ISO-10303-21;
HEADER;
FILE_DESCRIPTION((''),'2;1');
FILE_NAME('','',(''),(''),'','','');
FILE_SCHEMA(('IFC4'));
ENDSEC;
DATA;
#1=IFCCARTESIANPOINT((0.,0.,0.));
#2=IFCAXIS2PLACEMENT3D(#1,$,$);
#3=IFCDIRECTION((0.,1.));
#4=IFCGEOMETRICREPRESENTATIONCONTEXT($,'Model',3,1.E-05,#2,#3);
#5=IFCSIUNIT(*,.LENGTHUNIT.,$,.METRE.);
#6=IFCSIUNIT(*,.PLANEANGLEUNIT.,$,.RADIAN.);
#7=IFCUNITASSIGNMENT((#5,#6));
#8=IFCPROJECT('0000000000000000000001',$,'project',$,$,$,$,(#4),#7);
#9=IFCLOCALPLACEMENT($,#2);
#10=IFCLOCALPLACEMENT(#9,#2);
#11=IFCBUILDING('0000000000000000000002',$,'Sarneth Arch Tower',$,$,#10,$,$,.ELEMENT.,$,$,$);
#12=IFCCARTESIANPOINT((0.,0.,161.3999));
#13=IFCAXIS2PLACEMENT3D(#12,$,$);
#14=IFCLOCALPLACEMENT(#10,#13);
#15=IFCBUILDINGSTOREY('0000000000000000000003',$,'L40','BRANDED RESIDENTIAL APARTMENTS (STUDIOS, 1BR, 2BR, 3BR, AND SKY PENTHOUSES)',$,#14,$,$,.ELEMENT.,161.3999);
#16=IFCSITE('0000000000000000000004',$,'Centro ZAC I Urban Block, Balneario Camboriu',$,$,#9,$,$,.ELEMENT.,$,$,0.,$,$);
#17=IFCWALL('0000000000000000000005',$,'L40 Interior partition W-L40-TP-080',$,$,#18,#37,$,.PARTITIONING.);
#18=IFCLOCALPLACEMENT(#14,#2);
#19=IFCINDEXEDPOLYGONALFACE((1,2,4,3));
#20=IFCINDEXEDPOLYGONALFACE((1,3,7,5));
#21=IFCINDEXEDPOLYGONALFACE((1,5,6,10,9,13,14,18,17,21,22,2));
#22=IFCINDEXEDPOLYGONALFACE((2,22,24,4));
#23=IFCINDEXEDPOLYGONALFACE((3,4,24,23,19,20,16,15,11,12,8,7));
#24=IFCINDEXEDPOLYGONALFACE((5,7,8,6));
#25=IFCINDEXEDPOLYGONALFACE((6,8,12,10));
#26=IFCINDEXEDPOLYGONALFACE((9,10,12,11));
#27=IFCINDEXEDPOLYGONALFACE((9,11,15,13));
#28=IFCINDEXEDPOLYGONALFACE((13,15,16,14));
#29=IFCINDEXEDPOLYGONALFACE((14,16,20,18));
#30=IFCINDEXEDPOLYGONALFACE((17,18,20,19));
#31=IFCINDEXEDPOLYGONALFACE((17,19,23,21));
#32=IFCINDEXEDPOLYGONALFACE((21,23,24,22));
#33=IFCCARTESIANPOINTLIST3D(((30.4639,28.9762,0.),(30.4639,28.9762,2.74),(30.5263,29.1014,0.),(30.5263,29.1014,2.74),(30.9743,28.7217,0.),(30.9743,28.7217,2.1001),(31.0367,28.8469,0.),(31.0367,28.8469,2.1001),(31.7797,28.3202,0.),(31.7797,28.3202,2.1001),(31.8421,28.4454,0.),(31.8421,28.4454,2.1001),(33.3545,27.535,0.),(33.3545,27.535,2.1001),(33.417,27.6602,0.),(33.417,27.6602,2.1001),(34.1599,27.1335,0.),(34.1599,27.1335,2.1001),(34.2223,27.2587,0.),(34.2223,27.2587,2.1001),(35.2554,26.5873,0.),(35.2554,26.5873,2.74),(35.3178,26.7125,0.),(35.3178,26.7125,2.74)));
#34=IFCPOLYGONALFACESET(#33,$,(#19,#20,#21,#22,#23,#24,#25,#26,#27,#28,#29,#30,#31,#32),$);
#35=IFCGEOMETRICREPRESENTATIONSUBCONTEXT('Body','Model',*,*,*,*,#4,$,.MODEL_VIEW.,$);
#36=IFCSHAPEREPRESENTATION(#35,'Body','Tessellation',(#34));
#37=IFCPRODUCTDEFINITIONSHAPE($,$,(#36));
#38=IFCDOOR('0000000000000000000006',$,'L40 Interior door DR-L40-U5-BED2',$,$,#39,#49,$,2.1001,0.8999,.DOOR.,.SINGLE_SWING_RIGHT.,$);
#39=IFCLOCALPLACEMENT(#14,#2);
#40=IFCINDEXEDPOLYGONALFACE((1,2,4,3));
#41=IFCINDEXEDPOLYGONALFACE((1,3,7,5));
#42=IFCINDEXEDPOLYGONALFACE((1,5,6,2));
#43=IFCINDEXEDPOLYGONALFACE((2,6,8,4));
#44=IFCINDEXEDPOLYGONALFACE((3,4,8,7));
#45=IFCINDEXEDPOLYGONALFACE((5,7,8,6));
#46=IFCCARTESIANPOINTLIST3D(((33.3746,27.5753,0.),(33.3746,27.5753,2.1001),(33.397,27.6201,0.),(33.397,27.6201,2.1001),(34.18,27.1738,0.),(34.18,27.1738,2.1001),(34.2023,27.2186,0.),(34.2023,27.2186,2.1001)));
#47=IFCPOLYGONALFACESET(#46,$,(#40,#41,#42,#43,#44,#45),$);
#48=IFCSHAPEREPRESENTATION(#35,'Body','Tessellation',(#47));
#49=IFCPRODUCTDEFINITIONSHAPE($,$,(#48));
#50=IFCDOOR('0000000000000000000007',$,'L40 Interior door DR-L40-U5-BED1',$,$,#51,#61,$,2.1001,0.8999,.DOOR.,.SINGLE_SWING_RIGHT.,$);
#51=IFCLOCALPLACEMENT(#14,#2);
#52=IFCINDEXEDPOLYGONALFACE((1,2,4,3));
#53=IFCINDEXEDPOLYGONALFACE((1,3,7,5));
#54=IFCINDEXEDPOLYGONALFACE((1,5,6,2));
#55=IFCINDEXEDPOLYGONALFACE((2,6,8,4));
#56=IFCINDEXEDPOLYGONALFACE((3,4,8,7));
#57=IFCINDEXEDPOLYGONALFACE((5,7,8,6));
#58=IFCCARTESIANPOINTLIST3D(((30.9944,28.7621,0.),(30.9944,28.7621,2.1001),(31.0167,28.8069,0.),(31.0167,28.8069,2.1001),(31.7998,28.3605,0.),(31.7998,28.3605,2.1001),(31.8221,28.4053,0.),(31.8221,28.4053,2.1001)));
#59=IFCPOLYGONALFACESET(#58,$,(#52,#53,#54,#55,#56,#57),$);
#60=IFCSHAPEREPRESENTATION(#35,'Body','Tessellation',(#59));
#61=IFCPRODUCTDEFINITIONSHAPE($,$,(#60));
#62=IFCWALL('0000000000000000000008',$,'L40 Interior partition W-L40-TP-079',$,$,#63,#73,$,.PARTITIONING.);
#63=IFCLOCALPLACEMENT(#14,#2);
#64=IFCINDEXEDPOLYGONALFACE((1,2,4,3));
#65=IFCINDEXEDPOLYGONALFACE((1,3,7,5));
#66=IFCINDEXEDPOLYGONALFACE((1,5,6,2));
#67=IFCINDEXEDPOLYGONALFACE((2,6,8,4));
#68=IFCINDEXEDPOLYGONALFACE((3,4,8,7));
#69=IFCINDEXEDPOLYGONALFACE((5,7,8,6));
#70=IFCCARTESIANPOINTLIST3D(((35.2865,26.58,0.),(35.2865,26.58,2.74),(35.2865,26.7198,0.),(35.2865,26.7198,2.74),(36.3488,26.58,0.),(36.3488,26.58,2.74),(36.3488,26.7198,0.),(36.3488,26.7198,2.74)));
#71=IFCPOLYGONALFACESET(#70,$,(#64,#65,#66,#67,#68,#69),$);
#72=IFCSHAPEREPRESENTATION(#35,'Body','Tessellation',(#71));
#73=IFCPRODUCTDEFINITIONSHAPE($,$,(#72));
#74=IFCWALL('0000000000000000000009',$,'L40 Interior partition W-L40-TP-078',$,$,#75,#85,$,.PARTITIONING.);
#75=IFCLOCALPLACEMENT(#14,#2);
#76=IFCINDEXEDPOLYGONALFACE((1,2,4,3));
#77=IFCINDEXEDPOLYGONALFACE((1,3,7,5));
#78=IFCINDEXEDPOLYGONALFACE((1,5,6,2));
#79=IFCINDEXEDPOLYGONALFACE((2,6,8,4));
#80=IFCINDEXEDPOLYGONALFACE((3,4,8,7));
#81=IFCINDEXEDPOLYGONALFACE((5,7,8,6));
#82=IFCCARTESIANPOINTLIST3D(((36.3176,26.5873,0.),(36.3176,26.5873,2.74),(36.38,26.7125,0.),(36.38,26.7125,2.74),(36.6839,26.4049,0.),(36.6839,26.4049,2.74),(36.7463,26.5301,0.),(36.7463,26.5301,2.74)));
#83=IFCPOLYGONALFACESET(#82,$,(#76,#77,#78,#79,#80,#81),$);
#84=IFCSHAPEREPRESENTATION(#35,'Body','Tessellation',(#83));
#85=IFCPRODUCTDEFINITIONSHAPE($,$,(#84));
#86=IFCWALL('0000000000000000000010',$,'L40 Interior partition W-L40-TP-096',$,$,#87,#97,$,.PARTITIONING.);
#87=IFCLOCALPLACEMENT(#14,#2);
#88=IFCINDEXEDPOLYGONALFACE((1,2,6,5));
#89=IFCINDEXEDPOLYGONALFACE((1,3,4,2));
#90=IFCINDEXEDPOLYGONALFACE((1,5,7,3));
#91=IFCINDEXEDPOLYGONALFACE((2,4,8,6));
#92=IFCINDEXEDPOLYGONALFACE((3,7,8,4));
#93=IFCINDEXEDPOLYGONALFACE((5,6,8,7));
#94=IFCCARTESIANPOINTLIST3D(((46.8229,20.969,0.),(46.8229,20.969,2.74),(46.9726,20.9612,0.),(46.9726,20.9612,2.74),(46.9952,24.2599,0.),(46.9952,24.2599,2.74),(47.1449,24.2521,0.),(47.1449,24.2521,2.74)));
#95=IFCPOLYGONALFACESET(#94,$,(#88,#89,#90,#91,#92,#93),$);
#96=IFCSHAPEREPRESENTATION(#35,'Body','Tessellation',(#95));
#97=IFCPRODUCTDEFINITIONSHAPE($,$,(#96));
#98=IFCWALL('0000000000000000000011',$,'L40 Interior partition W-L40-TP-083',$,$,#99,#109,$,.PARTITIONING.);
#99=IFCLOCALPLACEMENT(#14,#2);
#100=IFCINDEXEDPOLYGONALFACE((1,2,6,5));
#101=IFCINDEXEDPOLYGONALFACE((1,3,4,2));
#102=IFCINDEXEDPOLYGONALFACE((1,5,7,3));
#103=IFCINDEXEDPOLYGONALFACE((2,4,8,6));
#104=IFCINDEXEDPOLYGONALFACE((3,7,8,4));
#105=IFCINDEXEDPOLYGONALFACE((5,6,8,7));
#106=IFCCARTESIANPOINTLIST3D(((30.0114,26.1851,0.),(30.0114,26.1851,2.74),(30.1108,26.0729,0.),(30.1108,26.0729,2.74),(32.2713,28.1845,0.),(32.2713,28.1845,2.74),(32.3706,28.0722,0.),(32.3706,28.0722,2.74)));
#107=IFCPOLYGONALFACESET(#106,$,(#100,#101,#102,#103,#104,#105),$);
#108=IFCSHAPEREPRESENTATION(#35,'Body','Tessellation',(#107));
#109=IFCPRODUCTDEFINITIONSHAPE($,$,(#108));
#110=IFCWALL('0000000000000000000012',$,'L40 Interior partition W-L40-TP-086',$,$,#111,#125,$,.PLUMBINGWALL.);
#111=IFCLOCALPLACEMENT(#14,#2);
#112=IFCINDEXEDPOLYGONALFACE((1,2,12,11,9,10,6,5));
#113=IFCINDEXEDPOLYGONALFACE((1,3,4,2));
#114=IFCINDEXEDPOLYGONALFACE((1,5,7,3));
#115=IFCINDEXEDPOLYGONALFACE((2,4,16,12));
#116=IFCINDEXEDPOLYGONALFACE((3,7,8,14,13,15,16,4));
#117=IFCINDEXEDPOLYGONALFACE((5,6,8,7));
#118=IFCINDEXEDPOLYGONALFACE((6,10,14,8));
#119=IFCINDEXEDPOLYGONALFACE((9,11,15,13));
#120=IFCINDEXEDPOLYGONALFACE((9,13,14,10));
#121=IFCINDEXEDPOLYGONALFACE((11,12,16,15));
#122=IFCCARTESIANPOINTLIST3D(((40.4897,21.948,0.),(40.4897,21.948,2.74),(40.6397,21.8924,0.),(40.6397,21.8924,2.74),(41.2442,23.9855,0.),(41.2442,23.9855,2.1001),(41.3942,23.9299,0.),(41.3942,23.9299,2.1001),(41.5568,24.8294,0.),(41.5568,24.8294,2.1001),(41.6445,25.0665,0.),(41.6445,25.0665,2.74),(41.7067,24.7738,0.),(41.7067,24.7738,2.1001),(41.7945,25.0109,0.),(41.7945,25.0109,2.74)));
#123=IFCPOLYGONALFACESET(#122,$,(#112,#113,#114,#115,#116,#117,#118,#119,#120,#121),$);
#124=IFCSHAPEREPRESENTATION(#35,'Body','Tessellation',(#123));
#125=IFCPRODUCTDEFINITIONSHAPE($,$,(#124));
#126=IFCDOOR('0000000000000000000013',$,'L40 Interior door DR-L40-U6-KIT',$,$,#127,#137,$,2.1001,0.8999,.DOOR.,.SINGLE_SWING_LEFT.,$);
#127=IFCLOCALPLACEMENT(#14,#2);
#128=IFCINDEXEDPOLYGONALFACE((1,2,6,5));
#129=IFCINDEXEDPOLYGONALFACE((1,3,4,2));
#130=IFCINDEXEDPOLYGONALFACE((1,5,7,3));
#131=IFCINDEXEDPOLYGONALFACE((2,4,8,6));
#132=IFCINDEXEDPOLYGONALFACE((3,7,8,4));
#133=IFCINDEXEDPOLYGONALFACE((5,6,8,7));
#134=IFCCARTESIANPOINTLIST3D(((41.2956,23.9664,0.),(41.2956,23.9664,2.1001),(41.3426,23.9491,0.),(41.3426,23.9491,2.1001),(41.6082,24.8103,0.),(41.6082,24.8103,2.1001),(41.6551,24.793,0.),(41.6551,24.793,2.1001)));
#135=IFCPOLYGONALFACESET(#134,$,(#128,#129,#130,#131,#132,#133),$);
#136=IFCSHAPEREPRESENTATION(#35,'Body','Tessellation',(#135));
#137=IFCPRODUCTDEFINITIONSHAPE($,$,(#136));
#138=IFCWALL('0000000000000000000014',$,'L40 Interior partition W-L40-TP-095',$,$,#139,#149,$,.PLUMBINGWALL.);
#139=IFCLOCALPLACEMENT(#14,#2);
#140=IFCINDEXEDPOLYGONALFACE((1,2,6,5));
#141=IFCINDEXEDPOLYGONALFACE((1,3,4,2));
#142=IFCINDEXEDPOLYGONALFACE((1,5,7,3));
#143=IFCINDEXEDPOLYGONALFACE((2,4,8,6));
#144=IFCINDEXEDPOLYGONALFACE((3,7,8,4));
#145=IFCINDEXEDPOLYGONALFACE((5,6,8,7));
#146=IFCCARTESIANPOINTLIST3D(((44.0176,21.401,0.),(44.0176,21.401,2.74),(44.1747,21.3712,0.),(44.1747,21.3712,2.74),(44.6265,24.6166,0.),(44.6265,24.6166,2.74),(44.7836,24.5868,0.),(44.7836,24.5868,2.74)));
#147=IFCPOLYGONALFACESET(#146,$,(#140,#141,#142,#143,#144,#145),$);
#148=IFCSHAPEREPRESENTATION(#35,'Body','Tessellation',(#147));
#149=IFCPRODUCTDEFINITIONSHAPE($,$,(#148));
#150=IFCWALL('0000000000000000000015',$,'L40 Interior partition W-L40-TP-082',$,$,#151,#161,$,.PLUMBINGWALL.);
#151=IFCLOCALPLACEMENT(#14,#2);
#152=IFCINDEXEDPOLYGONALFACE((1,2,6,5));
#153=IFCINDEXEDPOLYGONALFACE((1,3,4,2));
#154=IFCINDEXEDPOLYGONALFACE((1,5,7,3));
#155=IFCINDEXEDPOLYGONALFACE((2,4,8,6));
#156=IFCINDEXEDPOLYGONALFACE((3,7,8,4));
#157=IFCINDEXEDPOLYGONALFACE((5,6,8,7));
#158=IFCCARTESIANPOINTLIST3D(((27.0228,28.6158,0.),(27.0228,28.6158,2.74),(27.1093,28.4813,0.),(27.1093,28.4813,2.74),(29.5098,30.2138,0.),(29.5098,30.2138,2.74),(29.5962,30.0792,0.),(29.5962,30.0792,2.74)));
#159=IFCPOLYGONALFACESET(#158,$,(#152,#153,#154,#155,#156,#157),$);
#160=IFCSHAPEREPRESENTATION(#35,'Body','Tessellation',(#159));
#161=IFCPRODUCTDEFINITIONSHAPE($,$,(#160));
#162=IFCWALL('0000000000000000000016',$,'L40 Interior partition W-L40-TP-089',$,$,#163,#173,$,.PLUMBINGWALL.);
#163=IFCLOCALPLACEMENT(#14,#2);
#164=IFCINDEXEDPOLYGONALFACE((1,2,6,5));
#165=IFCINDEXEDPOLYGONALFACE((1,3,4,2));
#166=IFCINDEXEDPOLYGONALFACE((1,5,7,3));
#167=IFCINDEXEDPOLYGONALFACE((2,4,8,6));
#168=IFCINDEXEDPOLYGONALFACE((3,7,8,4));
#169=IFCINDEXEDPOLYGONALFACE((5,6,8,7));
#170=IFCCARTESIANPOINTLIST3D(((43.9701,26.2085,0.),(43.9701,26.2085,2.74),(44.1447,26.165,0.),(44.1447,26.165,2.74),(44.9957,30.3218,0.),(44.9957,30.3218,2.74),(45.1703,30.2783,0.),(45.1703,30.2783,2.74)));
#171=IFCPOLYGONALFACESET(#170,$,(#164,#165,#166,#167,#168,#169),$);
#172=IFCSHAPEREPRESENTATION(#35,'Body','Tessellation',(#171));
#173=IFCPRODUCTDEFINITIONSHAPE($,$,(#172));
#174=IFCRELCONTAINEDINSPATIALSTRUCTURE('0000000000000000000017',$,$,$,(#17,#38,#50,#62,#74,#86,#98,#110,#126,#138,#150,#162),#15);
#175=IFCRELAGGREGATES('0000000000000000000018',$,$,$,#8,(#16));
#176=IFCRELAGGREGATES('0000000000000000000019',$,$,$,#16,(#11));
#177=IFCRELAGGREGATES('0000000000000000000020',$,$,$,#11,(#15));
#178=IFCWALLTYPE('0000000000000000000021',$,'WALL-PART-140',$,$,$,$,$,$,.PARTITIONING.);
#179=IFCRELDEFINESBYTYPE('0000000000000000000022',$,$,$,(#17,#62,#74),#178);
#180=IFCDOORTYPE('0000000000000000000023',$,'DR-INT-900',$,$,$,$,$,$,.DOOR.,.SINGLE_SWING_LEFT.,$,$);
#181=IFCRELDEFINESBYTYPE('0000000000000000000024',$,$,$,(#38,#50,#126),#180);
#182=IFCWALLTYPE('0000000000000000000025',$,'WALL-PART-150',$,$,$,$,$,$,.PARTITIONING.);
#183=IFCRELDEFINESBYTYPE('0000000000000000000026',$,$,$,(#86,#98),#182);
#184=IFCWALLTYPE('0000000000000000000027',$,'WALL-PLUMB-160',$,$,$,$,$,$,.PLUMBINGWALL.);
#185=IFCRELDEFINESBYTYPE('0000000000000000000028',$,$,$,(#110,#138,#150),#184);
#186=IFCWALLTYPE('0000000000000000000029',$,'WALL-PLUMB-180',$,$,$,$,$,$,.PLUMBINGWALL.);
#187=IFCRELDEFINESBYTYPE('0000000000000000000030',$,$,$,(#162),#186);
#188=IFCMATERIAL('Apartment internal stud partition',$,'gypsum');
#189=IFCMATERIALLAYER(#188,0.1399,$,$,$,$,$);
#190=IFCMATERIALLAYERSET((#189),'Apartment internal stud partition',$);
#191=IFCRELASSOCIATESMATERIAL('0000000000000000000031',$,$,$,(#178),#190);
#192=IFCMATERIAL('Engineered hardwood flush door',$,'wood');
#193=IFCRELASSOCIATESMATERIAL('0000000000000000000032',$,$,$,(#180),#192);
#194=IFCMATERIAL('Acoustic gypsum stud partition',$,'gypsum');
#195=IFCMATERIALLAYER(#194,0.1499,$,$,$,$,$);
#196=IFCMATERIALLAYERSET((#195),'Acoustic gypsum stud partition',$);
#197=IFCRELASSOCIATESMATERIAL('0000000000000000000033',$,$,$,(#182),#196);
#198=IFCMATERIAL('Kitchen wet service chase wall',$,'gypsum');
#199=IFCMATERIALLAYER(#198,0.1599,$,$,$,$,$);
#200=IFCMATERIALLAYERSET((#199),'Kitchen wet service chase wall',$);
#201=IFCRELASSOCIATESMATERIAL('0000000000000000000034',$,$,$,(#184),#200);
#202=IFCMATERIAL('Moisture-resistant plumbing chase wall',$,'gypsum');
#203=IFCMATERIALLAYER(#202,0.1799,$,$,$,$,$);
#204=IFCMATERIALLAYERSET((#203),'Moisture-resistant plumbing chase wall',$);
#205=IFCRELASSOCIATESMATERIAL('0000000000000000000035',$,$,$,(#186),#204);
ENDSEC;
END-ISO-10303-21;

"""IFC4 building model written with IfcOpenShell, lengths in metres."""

from ifc_helpers import new_model, si_unit, direction, frame, frame_2d, origin, place, context, subcontext, project, spatial, rectangle, extrude, material, layer, layer_set, type_object, element, fill, save


model = new_model("IFC4")

# Units and contexts
model_context = context("Model", 3, precision=1e-05, world=origin(), true_north=direction((0.0, 1.0)))
body_context = subcontext(model_context, "Body", "Model", "MODEL_VIEW")
ifc_project = project(units=[si_unit("LENGTHUNIT", "METRE"), si_unit("PLANEANGLEUNIT", "RADIAN")], contexts=[model_context])

# Site, building, storey
site_placement = place(None, origin())
site = spatial("IfcSite", under=ifc_project, at=site_placement, Name="Centro ZAC I Urban Block, Balneario Camboriu", CompositionType="ELEMENT", RefElevation=0.0)
building_placement = place(site_placement, origin())
building = spatial("IfcBuilding", under=site, at=building_placement, Name="Sarneth Arch Tower", CompositionType="ELEMENT")
storey_placement = place(building_placement, frame((0.0, 0.0, 161.3999)))
storey = spatial("IfcBuildingStorey", under=building, at=storey_placement, Name="L40", Description="BRANDED RESIDENTIAL APARTMENTS (STUDIOS, 1BR, 2BR, 3BR, AND SKY PENTHOUSES)", CompositionType="ELEMENT", Elevation=161.3999)

# Wall, openings, doors
ifc_material_1 = material(Name="Apartment internal stud partition", Category="gypsum")
ifc_layer_1 = layer(ifc_material_1, 0.1399)
ifc_layer_set_1 = layer_set([ifc_layer_1], Name="Apartment internal stud partition")
wall_type_1 = type_object("IfcWallType", Name="WALL-PART-140", PredefinedType="PARTITIONING", material=ifc_layer_set_1)
wall_1_placement = place(storey_placement, frame((35.2866, 26.6499, 0.0), z_axis=(0.0, 0.0, 1.0), x_axis=(-0.894937, 0.446192, 0.0)))
wall_1 = element("IfcWall", 1, at=wall_1_placement, inside=storey, type_object=wall_type_1, Name="L40 Interior partition W-L40-TP-080", PredefinedType="PARTITIONING", context=body_context, shape_type="SweptSolid", body=[
    extrude(rectangle(XDim=5.354, YDim=0.1399, at=frame_2d((2.677, 0.0))), origin(), (0.0, 0.0, 1.0), 2.74),
])
opening_1_placement = place(wall_1_placement, frame((1.2241, 0.0, 0.0)))
opening_1 = element("IfcOpeningElement", 2, at=opening_1_placement, cuts=wall_1, PredefinedType="OPENING", context=body_context, shape_type="SweptSolid", body=[
    extrude(rectangle(XDim=0.8999, YDim=2.1001, at=frame_2d((0.45, 1.05))), frame((0.0, 0.0798, 0.0), z_axis=(0.0, -1.0, 0.0), x_axis=(1.0, 0.0, 0.0)), (0.0, 0.0, 1.0), 0.1599),
])
opening_2_placement = place(wall_1_placement, frame((3.8838, 0.0, 0.0)))
opening_2 = element("IfcOpeningElement", 3, at=opening_2_placement, cuts=wall_1, PredefinedType="OPENING", context=body_context, shape_type="SweptSolid", body=[
    extrude(rectangle(XDim=0.8999, YDim=2.1001, at=frame_2d((0.45, 1.05))), frame((0.0, 0.0798, 0.0), z_axis=(0.0, -1.0, 0.0), x_axis=(1.0, 0.0, 0.0)), (0.0, 0.0, 1.0), 0.1599),
])
ifc_material_2 = material(Name="Engineered hardwood flush door", Category="wood")
door_type = type_object("IfcDoorType", Name="DR-INT-900", OperationType="SINGLE_SWING_LEFT", PredefinedType="DOOR", material=ifc_material_2)
door_1_placement = place(opening_1_placement, origin())
door_1 = element("IfcDoor", 4, at=door_1_placement, inside=storey, type_object=door_type, Name="L40 Interior door DR-L40-U5-BED2", OperationType="SINGLE_SWING_RIGHT", OverallHeight=2.1001, OverallWidth=0.8999, PredefinedType="DOOR", context=body_context, shape_type="SweptSolid", body=[
    extrude(rectangle(XDim=0.8999, YDim=2.1001, at=frame_2d((0.45, 1.05))), frame((0.0, 0.0249, 0.0), z_axis=(0.0, -1.0, 0.0), x_axis=(1.0, 0.0, 0.0)), (0.0, 0.0, 1.0), 0.05),
])
fill(opening_1, door_1)
door_2_placement = place(opening_2_placement, origin())
door_2 = element("IfcDoor", 5, at=door_2_placement, inside=storey, type_object=door_type, Name="L40 Interior door DR-L40-U5-BED1", OperationType="SINGLE_SWING_RIGHT", OverallHeight=2.1001, OverallWidth=0.8999, PredefinedType="DOOR", context=body_context, shape_type="SweptSolid", body=[
    extrude(rectangle(XDim=0.8999, YDim=2.1001, at=frame_2d((0.45, 1.05))), frame((0.0, 0.0249, 0.0), z_axis=(0.0, -1.0, 0.0), x_axis=(1.0, 0.0, 0.0)), (0.0, 0.0, 1.0), 0.05),
])
fill(opening_2, door_2)

# Walls
wall_2_placement = place(storey_placement, frame((36.3489, 26.6499, 0.0), z_axis=(0.0, 0.0, 1.0), x_axis=(-1.0, 0.0, 0.0)))
element("IfcWall", 6, at=wall_2_placement, inside=storey, type_object=wall_type_1, Name="L40 Interior partition W-L40-TP-079", PredefinedType="PARTITIONING", context=body_context, shape_type="SweptSolid", body=[
    extrude(rectangle(XDim=1.0623, YDim=0.1399, at=frame_2d((0.5312, 0.0))), origin(), (0.0, 0.0, 1.0), 2.74),
])
wall_3_placement = place(storey_placement, frame((36.7151, 26.4675, 0.0), z_axis=(0.0, 0.0, 1.0), x_axis=(-0.895142, 0.445781, 0.0)))
element("IfcWall", 7, at=wall_3_placement, inside=storey, type_object=wall_type_1, Name="L40 Interior partition W-L40-TP-078", PredefinedType="PARTITIONING", context=body_context, shape_type="SweptSolid", body=[
    extrude(rectangle(XDim=0.4092, YDim=0.1399, at=frame_2d((0.2046, 0.0))), origin(), (0.0, 0.0, 1.0), 2.74),
])
ifc_material_3 = material(Name="Acoustic gypsum stud partition", Category="gypsum")
ifc_layer_2 = layer(ifc_material_3, 0.1499)
ifc_layer_set_2 = layer_set([ifc_layer_2], Name="Acoustic gypsum stud partition")
wall_type_2 = type_object("IfcWallType", Name="WALL-PART-150", PredefinedType="PARTITIONING", material=ifc_layer_set_2)
wall_4_placement = place(storey_placement, frame((46.8977, 20.9651, 0.0), z_axis=(0.0, 0.0, 1.0), x_axis=(0.052302, 0.998631, 0.0)))
element("IfcWall", 8, at=wall_4_placement, inside=storey, type_object=wall_type_2, Name="L40 Interior partition W-L40-TP-096", PredefinedType="PARTITIONING", context=body_context, shape_type="SweptSolid", body=[
    extrude(rectangle(XDim=3.2954, YDim=0.1499, at=frame_2d((1.6477, 0.0))), origin(), (0.0, 0.0, 1.0), 2.74),
])
wall_5_placement = place(storey_placement, frame((32.321, 28.1284, 0.0), z_axis=(0.0, 0.0, 1.0), x_axis=(-0.748956, -0.662619, 0.0)))
element("IfcWall", 9, at=wall_5_placement, inside=storey, type_object=wall_type_2, Name="L40 Interior partition W-L40-TP-083", PredefinedType="PARTITIONING", context=body_context, shape_type="SweptSolid", body=[
    extrude(rectangle(XDim=3.0173, YDim=0.1499, at=frame_2d((1.5088, 0.0))), origin(), (0.0, 0.0, 1.0), 2.74),
])

# Wall, opening, door
ifc_material_4 = material(Name="Kitchen wet service chase wall", Category="gypsum")
ifc_layer_3 = layer(ifc_material_4, 0.1599)
ifc_layer_set_3 = layer_set([ifc_layer_3], Name="Kitchen wet service chase wall")
wall_type_3 = type_object("IfcWallType", Name="WALL-PLUMB-160", PredefinedType="PLUMBINGWALL", material=ifc_layer_set_3)
wall_6_placement = place(storey_placement, frame((41.7195, 25.0386, 0.0), z_axis=(0.0, 0.0, 1.0), x_axis=(-0.347267, -0.937766, 0.0)))
wall_6 = element("IfcWall", 10, at=wall_6_placement, inside=storey, type_object=wall_type_3, Name="L40 Interior partition W-L40-TP-086", PredefinedType="PLUMBINGWALL", context=body_context, shape_type="SweptSolid", body=[
    extrude(rectangle(XDim=3.3254, YDim=0.1599, at=frame_2d((1.6626, 0.0))), origin(), (0.0, 0.0, 1.0), 2.74),
])
opening_3_placement = place(wall_6_placement, frame((0.2527, 0.0, 0.0)))
opening_3 = element("IfcOpeningElement", 11, at=opening_3_placement, cuts=wall_6, PredefinedType="OPENING", context=body_context, shape_type="SweptSolid", body=[
    extrude(rectangle(XDim=0.8999, YDim=2.1001, at=frame_2d((0.45, 1.05))), frame((0.0, 0.0898, 0.0), z_axis=(0.0, -1.0, 0.0), x_axis=(1.0, 0.0, 0.0)), (0.0, 0.0, 1.0), 0.1799),
])
door_3_placement = place(opening_3_placement, origin())
door_3 = element("IfcDoor", 12, at=door_3_placement, inside=storey, type_object=door_type, Name="L40 Interior door DR-L40-U6-KIT", OperationType="SINGLE_SWING_LEFT", OverallHeight=2.1001, OverallWidth=0.8999, PredefinedType="DOOR", context=body_context, shape_type="SweptSolid", body=[
    extrude(rectangle(XDim=0.8999, YDim=2.1001, at=frame_2d((0.45, 1.05))), frame((0.0, 0.0249, 0.0), z_axis=(0.0, -1.0, 0.0), x_axis=(1.0, 0.0, 0.0)), (0.0, 0.0, 1.0), 0.05),
])
fill(opening_3, door_3)

# Walls
wall_7_placement = place(storey_placement, frame((44.0962, 21.3862, 0.0), z_axis=(0.0, 0.0, 1.0), x_axis=(0.186049, 0.98254, 0.0)))
element("IfcWall", 13, at=wall_7_placement, inside=storey, type_object=wall_type_3, Name="L40 Interior partition W-L40-TP-095", PredefinedType="PLUMBINGWALL", context=body_context, shape_type="SweptSolid", body=[
    extrude(rectangle(XDim=3.2727, YDim=0.1599, at=frame_2d((1.6362, 0.0))), origin(), (0.0, 0.0, 1.0), 2.74),
])
wall_8_placement = place(storey_placement, frame((29.553, 30.1465, 0.0), z_axis=(0.0, 0.0, 1.0), x_axis=(-0.841297, -0.540574, 0.0)))
element("IfcWall", 14, at=wall_8_placement, inside=storey, type_object=wall_type_3, Name="L40 Interior partition W-L40-TP-082", PredefinedType="PLUMBINGWALL", context=body_context, shape_type="SweptSolid", body=[
    extrude(rectangle(XDim=2.9561, YDim=0.1599, at=frame_2d((1.478, 0.0))), origin(), (0.0, 0.0, 1.0), 2.74),
])
ifc_material_5 = material(Name="Moisture-resistant plumbing chase wall", Category="gypsum")
ifc_layer_4 = layer(ifc_material_5, 0.1799)
ifc_layer_set_4 = layer_set([ifc_layer_4], Name="Moisture-resistant plumbing chase wall")
wall_type_4 = type_object("IfcWallType", Name="WALL-PLUMB-180", PredefinedType="PLUMBINGWALL", material=ifc_layer_set_4)
wall_9_placement = place(storey_placement, frame((44.0574, 26.1868, 0.0), z_axis=(0.0, 0.0, 1.0), x_axis=(0.241939, 0.970291, 0.0)))
element("IfcWall", 15, at=wall_9_placement, inside=storey, type_object=wall_type_4, Name="L40 Interior partition W-L40-TP-089", PredefinedType="PLUMBINGWALL", context=body_context, shape_type="SweptSolid", body=[
    extrude(rectangle(XDim=4.2393, YDim=0.1799, at=frame_2d((2.1196, 0.0))), origin(), (0.0, 0.0, 1.0), 2.74),
])

save(model, "model.ifc")
